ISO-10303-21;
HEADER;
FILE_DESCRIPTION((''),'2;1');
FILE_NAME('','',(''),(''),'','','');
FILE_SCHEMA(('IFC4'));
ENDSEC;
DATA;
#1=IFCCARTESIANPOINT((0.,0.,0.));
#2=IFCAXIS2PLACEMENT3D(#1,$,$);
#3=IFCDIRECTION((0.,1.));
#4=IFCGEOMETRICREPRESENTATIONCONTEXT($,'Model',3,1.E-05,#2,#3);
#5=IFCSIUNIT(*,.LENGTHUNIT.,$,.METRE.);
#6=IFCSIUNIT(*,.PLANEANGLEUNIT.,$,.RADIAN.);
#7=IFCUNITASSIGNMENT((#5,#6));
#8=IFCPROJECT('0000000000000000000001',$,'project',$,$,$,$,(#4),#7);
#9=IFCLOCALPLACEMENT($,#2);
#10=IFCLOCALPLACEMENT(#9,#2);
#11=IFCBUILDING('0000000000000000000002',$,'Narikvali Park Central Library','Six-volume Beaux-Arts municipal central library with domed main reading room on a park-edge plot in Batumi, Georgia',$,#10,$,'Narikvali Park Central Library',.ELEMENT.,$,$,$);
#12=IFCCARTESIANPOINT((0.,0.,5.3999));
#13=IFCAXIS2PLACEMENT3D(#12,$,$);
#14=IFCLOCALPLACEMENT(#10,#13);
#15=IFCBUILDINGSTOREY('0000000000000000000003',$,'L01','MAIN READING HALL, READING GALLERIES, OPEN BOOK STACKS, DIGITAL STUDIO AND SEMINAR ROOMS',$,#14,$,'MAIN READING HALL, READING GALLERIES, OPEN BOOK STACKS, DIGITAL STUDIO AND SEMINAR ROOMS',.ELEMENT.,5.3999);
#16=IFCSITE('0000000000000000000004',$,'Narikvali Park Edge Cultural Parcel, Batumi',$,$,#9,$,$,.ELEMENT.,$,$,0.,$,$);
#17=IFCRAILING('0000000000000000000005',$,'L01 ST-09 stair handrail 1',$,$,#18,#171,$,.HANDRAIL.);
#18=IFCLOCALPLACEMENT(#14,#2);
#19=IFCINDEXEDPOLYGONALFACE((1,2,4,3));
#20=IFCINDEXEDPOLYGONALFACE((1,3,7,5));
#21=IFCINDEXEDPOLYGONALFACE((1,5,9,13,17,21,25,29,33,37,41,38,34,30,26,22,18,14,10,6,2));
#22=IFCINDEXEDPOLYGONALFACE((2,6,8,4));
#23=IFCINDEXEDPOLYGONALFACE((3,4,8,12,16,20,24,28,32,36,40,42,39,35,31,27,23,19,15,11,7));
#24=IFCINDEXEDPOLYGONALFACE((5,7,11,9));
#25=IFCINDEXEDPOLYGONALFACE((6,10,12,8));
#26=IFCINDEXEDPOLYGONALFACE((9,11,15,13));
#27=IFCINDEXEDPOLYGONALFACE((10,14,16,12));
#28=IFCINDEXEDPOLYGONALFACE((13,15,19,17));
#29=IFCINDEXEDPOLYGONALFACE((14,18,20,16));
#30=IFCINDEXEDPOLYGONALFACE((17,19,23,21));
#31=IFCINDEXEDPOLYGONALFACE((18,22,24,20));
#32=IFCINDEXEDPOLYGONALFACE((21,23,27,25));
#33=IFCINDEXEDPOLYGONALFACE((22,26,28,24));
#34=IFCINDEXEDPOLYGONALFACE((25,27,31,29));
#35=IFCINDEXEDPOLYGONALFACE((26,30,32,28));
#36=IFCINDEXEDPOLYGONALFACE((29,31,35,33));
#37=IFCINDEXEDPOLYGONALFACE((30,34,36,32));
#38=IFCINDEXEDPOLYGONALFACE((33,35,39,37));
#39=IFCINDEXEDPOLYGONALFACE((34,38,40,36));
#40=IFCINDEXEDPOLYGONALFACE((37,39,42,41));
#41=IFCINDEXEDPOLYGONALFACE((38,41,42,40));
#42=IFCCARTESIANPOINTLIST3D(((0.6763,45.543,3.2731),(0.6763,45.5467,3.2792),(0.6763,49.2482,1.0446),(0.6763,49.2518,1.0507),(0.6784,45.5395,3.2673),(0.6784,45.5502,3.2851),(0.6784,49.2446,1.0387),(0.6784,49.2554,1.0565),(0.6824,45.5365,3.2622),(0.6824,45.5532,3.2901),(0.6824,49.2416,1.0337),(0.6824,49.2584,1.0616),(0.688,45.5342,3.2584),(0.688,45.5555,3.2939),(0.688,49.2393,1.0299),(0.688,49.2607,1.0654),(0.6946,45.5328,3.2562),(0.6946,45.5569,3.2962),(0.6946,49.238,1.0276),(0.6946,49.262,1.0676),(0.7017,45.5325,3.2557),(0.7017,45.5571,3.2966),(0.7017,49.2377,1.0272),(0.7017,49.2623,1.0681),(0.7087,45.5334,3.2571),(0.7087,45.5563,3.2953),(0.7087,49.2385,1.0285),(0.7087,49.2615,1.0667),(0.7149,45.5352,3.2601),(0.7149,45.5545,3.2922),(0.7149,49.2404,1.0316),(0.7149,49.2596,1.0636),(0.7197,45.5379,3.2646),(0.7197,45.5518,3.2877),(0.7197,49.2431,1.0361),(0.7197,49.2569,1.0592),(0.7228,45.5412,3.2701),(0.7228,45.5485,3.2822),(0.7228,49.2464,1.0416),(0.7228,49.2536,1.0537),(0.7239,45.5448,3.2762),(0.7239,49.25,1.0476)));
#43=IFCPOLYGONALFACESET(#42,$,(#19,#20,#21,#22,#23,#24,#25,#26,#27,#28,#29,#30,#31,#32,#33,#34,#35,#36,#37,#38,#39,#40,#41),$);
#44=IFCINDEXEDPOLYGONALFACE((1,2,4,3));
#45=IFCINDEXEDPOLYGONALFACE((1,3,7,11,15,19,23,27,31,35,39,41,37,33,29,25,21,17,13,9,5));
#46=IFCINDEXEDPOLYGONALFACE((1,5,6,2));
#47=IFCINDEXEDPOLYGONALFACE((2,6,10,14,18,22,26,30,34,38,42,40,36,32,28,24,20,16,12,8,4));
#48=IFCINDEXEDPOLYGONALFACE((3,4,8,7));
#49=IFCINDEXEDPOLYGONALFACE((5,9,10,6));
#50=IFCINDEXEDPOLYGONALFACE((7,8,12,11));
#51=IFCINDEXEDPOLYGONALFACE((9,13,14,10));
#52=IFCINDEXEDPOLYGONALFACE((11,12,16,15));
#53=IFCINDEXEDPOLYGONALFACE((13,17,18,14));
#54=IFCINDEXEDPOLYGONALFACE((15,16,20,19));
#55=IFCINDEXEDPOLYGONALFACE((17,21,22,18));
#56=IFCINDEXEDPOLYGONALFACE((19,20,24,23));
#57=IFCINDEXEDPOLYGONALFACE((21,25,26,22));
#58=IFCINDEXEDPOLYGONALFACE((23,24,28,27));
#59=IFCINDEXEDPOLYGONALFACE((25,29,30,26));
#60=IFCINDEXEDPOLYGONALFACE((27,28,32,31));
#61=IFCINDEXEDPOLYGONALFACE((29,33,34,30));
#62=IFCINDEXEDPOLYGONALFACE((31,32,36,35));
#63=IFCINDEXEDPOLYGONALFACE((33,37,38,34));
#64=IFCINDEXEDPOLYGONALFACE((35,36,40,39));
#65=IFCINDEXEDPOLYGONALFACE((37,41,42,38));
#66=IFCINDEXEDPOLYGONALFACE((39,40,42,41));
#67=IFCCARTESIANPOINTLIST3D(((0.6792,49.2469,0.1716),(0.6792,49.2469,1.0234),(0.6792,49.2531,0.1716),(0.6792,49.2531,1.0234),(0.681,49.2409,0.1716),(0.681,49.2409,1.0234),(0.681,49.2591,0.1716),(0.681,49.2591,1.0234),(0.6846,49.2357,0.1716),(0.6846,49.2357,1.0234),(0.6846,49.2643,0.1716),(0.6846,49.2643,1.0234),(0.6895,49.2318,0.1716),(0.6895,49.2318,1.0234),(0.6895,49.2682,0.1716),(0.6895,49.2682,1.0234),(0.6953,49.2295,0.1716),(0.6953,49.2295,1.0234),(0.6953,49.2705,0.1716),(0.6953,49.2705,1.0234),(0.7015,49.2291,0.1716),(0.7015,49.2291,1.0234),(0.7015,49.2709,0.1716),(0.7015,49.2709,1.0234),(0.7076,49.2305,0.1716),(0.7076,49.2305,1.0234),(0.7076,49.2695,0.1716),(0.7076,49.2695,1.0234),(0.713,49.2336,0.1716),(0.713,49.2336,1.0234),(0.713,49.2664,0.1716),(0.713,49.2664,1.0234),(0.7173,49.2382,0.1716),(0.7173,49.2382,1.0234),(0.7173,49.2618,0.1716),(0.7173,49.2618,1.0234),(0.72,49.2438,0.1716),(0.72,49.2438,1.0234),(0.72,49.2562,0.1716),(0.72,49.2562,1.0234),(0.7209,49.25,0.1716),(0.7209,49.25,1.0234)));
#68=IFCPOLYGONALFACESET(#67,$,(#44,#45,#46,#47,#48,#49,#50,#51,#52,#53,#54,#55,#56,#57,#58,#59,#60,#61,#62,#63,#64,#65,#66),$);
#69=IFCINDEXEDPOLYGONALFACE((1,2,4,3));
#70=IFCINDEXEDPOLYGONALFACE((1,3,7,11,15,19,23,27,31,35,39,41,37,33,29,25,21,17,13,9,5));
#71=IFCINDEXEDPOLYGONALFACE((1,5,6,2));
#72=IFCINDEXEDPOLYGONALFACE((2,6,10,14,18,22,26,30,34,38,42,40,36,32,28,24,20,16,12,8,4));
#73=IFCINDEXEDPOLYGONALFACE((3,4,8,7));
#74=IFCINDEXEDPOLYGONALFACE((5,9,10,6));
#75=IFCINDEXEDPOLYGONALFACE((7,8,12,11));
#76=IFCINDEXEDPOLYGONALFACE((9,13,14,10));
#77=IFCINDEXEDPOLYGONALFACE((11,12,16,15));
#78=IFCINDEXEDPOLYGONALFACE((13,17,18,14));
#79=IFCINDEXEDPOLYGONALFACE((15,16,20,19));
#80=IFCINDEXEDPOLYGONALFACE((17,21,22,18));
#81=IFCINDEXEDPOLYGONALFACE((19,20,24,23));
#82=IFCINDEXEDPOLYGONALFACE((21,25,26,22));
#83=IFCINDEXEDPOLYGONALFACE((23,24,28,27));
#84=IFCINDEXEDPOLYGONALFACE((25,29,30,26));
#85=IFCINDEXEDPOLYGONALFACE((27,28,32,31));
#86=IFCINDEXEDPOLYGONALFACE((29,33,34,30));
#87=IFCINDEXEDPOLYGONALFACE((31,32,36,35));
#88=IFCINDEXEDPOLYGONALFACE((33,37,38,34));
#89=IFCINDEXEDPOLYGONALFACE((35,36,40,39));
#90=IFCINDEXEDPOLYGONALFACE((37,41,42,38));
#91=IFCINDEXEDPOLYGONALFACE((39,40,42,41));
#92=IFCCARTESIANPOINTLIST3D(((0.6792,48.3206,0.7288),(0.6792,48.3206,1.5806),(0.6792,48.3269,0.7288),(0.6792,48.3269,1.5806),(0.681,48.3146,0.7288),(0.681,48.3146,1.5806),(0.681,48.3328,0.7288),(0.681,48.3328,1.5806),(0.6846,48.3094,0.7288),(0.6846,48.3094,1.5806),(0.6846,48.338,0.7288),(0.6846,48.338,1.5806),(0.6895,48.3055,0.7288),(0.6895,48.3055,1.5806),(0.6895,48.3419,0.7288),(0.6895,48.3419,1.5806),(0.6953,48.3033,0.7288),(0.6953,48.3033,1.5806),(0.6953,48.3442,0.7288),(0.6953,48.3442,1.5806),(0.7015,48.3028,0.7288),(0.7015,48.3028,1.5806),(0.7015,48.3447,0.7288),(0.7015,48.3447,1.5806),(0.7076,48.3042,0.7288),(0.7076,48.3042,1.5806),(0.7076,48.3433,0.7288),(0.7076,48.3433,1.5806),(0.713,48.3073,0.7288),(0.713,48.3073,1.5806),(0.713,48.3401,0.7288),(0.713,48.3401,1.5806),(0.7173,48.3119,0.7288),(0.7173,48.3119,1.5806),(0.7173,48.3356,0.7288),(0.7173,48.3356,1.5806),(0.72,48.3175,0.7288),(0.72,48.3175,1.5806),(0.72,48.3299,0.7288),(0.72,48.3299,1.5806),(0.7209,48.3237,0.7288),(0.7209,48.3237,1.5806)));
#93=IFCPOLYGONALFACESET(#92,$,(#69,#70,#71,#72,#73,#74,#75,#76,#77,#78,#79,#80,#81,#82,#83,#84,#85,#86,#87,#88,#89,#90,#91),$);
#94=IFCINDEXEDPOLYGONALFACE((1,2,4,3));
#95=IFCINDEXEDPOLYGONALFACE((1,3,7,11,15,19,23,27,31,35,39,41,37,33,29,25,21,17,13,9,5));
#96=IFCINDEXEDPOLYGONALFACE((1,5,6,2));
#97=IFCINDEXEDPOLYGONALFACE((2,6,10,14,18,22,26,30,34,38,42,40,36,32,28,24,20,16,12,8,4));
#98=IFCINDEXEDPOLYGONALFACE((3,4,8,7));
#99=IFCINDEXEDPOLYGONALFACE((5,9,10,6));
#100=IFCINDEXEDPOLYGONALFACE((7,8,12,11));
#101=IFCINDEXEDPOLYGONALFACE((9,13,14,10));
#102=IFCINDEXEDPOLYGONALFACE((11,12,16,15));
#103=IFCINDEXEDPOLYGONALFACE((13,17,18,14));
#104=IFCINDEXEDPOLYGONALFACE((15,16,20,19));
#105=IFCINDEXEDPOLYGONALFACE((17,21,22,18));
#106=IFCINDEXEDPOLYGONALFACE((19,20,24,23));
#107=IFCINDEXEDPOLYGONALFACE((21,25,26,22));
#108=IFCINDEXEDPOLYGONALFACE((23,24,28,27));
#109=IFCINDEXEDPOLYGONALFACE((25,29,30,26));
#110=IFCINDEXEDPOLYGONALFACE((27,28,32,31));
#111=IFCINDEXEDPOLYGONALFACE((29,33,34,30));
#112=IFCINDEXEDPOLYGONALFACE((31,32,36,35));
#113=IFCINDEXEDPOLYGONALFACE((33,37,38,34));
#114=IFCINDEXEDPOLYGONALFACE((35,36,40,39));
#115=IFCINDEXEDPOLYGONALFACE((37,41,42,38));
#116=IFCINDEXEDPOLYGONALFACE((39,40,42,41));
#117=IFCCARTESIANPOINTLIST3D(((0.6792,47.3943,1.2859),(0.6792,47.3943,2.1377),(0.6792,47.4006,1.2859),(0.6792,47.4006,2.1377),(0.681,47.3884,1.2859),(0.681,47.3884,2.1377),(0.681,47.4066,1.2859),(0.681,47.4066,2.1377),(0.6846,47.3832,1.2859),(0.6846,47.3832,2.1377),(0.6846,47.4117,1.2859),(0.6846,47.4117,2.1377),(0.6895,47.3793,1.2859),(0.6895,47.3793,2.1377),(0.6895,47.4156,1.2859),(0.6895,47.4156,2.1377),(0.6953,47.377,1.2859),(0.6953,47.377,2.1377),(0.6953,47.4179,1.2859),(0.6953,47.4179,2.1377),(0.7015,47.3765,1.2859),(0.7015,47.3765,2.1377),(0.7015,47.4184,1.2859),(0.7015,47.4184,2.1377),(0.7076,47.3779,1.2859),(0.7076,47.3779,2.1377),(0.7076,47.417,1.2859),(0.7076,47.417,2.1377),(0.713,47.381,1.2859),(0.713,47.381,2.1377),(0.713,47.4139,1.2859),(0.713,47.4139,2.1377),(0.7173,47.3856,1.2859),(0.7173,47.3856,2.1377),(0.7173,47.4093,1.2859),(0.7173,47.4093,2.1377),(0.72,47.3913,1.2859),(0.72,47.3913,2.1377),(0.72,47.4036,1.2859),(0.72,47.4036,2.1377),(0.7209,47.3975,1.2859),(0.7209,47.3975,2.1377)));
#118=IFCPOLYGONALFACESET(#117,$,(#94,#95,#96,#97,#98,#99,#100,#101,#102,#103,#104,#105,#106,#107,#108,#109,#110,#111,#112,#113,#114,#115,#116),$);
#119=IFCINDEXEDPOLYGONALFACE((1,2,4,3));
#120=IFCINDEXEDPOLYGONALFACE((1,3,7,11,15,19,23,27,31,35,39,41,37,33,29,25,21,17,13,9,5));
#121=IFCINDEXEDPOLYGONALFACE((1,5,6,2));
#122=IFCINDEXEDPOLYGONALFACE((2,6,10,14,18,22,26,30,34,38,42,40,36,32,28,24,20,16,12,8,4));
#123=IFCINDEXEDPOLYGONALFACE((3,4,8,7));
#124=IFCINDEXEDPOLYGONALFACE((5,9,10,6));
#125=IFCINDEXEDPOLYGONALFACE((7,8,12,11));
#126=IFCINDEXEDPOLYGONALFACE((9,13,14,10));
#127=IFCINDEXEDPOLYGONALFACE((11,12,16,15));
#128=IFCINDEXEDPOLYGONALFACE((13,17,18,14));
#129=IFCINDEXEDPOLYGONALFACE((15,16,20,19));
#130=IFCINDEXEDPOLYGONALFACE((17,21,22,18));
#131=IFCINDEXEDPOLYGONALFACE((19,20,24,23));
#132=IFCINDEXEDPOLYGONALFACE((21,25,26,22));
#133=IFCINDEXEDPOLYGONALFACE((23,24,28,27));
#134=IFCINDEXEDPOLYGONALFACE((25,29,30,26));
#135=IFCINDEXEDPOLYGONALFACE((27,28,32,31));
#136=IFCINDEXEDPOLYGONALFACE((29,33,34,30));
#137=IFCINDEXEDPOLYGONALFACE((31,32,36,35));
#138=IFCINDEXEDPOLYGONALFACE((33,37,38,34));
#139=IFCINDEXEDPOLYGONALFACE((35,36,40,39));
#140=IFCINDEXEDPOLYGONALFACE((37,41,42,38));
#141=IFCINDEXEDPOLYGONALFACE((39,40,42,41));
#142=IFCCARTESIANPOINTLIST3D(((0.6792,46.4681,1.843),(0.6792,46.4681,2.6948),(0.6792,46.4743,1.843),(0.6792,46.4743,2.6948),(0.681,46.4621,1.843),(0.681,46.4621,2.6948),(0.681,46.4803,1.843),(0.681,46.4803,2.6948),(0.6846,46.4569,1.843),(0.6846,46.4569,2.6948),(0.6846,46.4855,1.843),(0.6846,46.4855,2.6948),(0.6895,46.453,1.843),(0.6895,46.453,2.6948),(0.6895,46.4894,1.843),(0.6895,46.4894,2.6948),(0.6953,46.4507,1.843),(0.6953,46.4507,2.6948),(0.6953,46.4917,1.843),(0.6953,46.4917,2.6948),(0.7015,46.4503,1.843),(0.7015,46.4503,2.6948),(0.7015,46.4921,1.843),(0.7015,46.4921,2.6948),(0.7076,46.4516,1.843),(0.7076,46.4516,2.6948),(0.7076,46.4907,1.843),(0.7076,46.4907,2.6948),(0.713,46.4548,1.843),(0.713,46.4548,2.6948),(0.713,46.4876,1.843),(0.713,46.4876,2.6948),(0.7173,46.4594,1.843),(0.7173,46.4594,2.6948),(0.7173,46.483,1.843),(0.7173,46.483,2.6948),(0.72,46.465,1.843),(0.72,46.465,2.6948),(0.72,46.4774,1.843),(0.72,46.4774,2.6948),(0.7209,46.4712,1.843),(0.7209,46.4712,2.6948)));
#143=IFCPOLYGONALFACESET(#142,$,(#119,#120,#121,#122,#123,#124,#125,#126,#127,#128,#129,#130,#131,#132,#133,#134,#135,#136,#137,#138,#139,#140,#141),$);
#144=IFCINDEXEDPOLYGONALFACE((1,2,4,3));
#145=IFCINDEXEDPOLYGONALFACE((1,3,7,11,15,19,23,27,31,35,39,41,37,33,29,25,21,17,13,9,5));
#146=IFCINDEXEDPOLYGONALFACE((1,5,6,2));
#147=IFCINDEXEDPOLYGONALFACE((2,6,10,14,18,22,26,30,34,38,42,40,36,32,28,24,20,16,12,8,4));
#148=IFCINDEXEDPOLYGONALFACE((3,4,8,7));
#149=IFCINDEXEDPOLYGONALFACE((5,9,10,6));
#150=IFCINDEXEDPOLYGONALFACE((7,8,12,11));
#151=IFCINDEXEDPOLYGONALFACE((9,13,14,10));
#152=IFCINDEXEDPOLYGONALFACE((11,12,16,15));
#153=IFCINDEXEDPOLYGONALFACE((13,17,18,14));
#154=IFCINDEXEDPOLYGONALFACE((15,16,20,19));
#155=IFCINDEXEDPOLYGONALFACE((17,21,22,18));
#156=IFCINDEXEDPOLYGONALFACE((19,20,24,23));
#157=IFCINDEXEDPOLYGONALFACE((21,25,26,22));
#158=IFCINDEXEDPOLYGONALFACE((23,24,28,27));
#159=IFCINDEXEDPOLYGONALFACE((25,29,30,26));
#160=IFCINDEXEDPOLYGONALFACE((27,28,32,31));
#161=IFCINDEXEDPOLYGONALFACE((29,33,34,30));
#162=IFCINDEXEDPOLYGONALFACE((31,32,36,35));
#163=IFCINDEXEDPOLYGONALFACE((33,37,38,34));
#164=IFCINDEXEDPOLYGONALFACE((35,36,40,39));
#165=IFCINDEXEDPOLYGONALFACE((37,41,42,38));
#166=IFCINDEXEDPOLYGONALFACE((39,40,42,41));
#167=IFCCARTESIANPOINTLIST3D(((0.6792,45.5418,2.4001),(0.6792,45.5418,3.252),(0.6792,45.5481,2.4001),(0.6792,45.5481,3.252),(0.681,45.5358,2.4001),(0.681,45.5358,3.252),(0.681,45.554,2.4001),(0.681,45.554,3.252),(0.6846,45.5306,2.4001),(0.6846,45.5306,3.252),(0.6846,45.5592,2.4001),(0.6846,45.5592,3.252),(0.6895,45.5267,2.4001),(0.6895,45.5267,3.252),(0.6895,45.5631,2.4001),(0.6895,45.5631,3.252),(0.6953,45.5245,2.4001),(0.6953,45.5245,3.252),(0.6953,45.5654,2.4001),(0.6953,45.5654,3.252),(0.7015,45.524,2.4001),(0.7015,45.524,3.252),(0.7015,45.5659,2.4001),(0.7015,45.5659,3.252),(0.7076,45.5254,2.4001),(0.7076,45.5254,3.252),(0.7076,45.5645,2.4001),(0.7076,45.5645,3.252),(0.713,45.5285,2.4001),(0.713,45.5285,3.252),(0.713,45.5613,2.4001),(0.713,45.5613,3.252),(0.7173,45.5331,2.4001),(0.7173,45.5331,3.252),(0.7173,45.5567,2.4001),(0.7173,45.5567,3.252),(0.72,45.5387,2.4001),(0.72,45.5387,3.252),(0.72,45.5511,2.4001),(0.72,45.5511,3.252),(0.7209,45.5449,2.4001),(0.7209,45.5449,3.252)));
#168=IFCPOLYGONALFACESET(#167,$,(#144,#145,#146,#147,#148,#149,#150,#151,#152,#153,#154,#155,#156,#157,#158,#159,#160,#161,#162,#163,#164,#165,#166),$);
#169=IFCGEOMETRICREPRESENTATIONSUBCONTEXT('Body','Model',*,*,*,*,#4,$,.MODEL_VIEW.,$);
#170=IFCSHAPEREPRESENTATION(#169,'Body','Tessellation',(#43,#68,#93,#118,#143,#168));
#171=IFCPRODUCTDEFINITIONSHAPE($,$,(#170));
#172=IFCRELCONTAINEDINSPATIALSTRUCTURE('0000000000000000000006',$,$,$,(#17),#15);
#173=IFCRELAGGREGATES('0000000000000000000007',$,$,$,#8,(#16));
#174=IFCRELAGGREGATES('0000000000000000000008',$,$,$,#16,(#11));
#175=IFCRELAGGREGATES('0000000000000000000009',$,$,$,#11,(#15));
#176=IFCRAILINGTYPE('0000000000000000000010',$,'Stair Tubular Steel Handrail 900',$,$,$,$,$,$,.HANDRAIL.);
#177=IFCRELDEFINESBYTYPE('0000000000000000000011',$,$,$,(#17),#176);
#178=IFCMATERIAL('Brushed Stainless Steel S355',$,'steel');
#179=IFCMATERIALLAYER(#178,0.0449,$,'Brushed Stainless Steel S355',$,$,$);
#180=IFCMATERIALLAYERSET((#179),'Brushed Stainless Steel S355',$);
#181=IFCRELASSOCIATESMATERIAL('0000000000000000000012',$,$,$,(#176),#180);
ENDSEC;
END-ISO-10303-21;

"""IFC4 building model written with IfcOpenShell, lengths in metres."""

from ifc_helpers import new_model, si_unit, direction, frame, origin, origin_2d, place, context, subcontext, project, spatial, circle, extrude, material, layer, layer_set, type_object, element, save


model = new_model("IFC4")

# Units and contexts
model_context = context("Model", 3, precision=1e-05, world=origin(), true_north=direction((0.0, 1.0)))
body_context = subcontext(model_context, "Body", "Model", "MODEL_VIEW")
ifc_project = project(units=[si_unit("LENGTHUNIT", "METRE"), si_unit("PLANEANGLEUNIT", "RADIAN")], contexts=[model_context])

# Site, building, storey
site_placement = place(None, origin())
site = spatial("IfcSite", under=ifc_project, at=site_placement, Name="Narikvali Park Edge Cultural Parcel, Batumi", CompositionType="ELEMENT", RefElevation=0.0)
building_placement = place(site_placement, origin())
building = spatial("IfcBuilding", under=site, at=building_placement, Name="Narikvali Park Central Library", Description="Six-volume Beaux-Arts municipal central library with domed main reading room on a park-edge plot in Batumi, Georgia", LongName="Narikvali Park Central Library", CompositionType="ELEMENT")
storey_placement = place(building_placement, frame((0.0, 0.0, 5.3999)))
storey = spatial("IfcBuildingStorey", under=building, at=storey_placement, Name="L01", Description="MAIN READING HALL, READING GALLERIES, OPEN BOOK STACKS, DIGITAL STUDIO AND SEMINAR ROOMS", LongName="MAIN READING HALL, READING GALLERIES, OPEN BOOK STACKS, DIGITAL STUDIO AND SEMINAR ROOMS", CompositionType="ELEMENT", Elevation=5.3999)

# Railing
ifc_material_1 = material(Name="Brushed Stainless Steel S355", Category="steel")
ifc_layer_1 = layer(ifc_material_1, 0.0449, Name="Brushed Stainless Steel S355")
ifc_layer_set_1 = layer_set([ifc_layer_1], Name="Brushed Stainless Steel S355")
railing_type_1 = type_object("IfcRailingType", Name="Stair Tubular Steel Handrail 900", PredefinedType="HANDRAIL", material=ifc_layer_set_1)
railing_1_placement = place(storey_placement, frame((0.7, 49.25, 0.1716)))
element("IfcRailing", 1, at=railing_1_placement, inside=storey, type_object=railing_type_1, Name="L01 ST-09 stair handrail 1", PredefinedType="HANDRAIL", context=body_context, shape_type="SweptSolid", body=[
    extrude(circle(Radius=0.0239, at=origin_2d()), frame((0.0, 0.0, 0.876), z_axis=(0.0, -0.856934, 0.515425), x_axis=(1.0, 0.0, 0.0)), (0.0, 0.0, 1.0), 4.3237),
    extrude(circle(Radius=0.021, at=origin_2d()), origin(), (0.0, 0.0, 1.0), 0.8518),
    extrude(circle(Radius=0.021, at=origin_2d()), frame((0.0, -0.9263, 0.5571)), (0.0, 0.0, 1.0), 0.8518),
    extrude(circle(Radius=0.021, at=origin_2d()), frame((0.0, -1.8525, 1.1143)), (0.0, 0.0, 1.0), 0.8518),
    extrude(circle(Radius=0.021, at=origin_2d()), frame((0.0, -2.7788, 1.6714)), (0.0, 0.0, 1.0), 0.8518),
    extrude(circle(Radius=0.021, at=origin_2d()), frame((0.0, -3.7051, 2.2285)), (0.0, 0.0, 1.0), 0.8518),
])

save(model, "model.ifc")
